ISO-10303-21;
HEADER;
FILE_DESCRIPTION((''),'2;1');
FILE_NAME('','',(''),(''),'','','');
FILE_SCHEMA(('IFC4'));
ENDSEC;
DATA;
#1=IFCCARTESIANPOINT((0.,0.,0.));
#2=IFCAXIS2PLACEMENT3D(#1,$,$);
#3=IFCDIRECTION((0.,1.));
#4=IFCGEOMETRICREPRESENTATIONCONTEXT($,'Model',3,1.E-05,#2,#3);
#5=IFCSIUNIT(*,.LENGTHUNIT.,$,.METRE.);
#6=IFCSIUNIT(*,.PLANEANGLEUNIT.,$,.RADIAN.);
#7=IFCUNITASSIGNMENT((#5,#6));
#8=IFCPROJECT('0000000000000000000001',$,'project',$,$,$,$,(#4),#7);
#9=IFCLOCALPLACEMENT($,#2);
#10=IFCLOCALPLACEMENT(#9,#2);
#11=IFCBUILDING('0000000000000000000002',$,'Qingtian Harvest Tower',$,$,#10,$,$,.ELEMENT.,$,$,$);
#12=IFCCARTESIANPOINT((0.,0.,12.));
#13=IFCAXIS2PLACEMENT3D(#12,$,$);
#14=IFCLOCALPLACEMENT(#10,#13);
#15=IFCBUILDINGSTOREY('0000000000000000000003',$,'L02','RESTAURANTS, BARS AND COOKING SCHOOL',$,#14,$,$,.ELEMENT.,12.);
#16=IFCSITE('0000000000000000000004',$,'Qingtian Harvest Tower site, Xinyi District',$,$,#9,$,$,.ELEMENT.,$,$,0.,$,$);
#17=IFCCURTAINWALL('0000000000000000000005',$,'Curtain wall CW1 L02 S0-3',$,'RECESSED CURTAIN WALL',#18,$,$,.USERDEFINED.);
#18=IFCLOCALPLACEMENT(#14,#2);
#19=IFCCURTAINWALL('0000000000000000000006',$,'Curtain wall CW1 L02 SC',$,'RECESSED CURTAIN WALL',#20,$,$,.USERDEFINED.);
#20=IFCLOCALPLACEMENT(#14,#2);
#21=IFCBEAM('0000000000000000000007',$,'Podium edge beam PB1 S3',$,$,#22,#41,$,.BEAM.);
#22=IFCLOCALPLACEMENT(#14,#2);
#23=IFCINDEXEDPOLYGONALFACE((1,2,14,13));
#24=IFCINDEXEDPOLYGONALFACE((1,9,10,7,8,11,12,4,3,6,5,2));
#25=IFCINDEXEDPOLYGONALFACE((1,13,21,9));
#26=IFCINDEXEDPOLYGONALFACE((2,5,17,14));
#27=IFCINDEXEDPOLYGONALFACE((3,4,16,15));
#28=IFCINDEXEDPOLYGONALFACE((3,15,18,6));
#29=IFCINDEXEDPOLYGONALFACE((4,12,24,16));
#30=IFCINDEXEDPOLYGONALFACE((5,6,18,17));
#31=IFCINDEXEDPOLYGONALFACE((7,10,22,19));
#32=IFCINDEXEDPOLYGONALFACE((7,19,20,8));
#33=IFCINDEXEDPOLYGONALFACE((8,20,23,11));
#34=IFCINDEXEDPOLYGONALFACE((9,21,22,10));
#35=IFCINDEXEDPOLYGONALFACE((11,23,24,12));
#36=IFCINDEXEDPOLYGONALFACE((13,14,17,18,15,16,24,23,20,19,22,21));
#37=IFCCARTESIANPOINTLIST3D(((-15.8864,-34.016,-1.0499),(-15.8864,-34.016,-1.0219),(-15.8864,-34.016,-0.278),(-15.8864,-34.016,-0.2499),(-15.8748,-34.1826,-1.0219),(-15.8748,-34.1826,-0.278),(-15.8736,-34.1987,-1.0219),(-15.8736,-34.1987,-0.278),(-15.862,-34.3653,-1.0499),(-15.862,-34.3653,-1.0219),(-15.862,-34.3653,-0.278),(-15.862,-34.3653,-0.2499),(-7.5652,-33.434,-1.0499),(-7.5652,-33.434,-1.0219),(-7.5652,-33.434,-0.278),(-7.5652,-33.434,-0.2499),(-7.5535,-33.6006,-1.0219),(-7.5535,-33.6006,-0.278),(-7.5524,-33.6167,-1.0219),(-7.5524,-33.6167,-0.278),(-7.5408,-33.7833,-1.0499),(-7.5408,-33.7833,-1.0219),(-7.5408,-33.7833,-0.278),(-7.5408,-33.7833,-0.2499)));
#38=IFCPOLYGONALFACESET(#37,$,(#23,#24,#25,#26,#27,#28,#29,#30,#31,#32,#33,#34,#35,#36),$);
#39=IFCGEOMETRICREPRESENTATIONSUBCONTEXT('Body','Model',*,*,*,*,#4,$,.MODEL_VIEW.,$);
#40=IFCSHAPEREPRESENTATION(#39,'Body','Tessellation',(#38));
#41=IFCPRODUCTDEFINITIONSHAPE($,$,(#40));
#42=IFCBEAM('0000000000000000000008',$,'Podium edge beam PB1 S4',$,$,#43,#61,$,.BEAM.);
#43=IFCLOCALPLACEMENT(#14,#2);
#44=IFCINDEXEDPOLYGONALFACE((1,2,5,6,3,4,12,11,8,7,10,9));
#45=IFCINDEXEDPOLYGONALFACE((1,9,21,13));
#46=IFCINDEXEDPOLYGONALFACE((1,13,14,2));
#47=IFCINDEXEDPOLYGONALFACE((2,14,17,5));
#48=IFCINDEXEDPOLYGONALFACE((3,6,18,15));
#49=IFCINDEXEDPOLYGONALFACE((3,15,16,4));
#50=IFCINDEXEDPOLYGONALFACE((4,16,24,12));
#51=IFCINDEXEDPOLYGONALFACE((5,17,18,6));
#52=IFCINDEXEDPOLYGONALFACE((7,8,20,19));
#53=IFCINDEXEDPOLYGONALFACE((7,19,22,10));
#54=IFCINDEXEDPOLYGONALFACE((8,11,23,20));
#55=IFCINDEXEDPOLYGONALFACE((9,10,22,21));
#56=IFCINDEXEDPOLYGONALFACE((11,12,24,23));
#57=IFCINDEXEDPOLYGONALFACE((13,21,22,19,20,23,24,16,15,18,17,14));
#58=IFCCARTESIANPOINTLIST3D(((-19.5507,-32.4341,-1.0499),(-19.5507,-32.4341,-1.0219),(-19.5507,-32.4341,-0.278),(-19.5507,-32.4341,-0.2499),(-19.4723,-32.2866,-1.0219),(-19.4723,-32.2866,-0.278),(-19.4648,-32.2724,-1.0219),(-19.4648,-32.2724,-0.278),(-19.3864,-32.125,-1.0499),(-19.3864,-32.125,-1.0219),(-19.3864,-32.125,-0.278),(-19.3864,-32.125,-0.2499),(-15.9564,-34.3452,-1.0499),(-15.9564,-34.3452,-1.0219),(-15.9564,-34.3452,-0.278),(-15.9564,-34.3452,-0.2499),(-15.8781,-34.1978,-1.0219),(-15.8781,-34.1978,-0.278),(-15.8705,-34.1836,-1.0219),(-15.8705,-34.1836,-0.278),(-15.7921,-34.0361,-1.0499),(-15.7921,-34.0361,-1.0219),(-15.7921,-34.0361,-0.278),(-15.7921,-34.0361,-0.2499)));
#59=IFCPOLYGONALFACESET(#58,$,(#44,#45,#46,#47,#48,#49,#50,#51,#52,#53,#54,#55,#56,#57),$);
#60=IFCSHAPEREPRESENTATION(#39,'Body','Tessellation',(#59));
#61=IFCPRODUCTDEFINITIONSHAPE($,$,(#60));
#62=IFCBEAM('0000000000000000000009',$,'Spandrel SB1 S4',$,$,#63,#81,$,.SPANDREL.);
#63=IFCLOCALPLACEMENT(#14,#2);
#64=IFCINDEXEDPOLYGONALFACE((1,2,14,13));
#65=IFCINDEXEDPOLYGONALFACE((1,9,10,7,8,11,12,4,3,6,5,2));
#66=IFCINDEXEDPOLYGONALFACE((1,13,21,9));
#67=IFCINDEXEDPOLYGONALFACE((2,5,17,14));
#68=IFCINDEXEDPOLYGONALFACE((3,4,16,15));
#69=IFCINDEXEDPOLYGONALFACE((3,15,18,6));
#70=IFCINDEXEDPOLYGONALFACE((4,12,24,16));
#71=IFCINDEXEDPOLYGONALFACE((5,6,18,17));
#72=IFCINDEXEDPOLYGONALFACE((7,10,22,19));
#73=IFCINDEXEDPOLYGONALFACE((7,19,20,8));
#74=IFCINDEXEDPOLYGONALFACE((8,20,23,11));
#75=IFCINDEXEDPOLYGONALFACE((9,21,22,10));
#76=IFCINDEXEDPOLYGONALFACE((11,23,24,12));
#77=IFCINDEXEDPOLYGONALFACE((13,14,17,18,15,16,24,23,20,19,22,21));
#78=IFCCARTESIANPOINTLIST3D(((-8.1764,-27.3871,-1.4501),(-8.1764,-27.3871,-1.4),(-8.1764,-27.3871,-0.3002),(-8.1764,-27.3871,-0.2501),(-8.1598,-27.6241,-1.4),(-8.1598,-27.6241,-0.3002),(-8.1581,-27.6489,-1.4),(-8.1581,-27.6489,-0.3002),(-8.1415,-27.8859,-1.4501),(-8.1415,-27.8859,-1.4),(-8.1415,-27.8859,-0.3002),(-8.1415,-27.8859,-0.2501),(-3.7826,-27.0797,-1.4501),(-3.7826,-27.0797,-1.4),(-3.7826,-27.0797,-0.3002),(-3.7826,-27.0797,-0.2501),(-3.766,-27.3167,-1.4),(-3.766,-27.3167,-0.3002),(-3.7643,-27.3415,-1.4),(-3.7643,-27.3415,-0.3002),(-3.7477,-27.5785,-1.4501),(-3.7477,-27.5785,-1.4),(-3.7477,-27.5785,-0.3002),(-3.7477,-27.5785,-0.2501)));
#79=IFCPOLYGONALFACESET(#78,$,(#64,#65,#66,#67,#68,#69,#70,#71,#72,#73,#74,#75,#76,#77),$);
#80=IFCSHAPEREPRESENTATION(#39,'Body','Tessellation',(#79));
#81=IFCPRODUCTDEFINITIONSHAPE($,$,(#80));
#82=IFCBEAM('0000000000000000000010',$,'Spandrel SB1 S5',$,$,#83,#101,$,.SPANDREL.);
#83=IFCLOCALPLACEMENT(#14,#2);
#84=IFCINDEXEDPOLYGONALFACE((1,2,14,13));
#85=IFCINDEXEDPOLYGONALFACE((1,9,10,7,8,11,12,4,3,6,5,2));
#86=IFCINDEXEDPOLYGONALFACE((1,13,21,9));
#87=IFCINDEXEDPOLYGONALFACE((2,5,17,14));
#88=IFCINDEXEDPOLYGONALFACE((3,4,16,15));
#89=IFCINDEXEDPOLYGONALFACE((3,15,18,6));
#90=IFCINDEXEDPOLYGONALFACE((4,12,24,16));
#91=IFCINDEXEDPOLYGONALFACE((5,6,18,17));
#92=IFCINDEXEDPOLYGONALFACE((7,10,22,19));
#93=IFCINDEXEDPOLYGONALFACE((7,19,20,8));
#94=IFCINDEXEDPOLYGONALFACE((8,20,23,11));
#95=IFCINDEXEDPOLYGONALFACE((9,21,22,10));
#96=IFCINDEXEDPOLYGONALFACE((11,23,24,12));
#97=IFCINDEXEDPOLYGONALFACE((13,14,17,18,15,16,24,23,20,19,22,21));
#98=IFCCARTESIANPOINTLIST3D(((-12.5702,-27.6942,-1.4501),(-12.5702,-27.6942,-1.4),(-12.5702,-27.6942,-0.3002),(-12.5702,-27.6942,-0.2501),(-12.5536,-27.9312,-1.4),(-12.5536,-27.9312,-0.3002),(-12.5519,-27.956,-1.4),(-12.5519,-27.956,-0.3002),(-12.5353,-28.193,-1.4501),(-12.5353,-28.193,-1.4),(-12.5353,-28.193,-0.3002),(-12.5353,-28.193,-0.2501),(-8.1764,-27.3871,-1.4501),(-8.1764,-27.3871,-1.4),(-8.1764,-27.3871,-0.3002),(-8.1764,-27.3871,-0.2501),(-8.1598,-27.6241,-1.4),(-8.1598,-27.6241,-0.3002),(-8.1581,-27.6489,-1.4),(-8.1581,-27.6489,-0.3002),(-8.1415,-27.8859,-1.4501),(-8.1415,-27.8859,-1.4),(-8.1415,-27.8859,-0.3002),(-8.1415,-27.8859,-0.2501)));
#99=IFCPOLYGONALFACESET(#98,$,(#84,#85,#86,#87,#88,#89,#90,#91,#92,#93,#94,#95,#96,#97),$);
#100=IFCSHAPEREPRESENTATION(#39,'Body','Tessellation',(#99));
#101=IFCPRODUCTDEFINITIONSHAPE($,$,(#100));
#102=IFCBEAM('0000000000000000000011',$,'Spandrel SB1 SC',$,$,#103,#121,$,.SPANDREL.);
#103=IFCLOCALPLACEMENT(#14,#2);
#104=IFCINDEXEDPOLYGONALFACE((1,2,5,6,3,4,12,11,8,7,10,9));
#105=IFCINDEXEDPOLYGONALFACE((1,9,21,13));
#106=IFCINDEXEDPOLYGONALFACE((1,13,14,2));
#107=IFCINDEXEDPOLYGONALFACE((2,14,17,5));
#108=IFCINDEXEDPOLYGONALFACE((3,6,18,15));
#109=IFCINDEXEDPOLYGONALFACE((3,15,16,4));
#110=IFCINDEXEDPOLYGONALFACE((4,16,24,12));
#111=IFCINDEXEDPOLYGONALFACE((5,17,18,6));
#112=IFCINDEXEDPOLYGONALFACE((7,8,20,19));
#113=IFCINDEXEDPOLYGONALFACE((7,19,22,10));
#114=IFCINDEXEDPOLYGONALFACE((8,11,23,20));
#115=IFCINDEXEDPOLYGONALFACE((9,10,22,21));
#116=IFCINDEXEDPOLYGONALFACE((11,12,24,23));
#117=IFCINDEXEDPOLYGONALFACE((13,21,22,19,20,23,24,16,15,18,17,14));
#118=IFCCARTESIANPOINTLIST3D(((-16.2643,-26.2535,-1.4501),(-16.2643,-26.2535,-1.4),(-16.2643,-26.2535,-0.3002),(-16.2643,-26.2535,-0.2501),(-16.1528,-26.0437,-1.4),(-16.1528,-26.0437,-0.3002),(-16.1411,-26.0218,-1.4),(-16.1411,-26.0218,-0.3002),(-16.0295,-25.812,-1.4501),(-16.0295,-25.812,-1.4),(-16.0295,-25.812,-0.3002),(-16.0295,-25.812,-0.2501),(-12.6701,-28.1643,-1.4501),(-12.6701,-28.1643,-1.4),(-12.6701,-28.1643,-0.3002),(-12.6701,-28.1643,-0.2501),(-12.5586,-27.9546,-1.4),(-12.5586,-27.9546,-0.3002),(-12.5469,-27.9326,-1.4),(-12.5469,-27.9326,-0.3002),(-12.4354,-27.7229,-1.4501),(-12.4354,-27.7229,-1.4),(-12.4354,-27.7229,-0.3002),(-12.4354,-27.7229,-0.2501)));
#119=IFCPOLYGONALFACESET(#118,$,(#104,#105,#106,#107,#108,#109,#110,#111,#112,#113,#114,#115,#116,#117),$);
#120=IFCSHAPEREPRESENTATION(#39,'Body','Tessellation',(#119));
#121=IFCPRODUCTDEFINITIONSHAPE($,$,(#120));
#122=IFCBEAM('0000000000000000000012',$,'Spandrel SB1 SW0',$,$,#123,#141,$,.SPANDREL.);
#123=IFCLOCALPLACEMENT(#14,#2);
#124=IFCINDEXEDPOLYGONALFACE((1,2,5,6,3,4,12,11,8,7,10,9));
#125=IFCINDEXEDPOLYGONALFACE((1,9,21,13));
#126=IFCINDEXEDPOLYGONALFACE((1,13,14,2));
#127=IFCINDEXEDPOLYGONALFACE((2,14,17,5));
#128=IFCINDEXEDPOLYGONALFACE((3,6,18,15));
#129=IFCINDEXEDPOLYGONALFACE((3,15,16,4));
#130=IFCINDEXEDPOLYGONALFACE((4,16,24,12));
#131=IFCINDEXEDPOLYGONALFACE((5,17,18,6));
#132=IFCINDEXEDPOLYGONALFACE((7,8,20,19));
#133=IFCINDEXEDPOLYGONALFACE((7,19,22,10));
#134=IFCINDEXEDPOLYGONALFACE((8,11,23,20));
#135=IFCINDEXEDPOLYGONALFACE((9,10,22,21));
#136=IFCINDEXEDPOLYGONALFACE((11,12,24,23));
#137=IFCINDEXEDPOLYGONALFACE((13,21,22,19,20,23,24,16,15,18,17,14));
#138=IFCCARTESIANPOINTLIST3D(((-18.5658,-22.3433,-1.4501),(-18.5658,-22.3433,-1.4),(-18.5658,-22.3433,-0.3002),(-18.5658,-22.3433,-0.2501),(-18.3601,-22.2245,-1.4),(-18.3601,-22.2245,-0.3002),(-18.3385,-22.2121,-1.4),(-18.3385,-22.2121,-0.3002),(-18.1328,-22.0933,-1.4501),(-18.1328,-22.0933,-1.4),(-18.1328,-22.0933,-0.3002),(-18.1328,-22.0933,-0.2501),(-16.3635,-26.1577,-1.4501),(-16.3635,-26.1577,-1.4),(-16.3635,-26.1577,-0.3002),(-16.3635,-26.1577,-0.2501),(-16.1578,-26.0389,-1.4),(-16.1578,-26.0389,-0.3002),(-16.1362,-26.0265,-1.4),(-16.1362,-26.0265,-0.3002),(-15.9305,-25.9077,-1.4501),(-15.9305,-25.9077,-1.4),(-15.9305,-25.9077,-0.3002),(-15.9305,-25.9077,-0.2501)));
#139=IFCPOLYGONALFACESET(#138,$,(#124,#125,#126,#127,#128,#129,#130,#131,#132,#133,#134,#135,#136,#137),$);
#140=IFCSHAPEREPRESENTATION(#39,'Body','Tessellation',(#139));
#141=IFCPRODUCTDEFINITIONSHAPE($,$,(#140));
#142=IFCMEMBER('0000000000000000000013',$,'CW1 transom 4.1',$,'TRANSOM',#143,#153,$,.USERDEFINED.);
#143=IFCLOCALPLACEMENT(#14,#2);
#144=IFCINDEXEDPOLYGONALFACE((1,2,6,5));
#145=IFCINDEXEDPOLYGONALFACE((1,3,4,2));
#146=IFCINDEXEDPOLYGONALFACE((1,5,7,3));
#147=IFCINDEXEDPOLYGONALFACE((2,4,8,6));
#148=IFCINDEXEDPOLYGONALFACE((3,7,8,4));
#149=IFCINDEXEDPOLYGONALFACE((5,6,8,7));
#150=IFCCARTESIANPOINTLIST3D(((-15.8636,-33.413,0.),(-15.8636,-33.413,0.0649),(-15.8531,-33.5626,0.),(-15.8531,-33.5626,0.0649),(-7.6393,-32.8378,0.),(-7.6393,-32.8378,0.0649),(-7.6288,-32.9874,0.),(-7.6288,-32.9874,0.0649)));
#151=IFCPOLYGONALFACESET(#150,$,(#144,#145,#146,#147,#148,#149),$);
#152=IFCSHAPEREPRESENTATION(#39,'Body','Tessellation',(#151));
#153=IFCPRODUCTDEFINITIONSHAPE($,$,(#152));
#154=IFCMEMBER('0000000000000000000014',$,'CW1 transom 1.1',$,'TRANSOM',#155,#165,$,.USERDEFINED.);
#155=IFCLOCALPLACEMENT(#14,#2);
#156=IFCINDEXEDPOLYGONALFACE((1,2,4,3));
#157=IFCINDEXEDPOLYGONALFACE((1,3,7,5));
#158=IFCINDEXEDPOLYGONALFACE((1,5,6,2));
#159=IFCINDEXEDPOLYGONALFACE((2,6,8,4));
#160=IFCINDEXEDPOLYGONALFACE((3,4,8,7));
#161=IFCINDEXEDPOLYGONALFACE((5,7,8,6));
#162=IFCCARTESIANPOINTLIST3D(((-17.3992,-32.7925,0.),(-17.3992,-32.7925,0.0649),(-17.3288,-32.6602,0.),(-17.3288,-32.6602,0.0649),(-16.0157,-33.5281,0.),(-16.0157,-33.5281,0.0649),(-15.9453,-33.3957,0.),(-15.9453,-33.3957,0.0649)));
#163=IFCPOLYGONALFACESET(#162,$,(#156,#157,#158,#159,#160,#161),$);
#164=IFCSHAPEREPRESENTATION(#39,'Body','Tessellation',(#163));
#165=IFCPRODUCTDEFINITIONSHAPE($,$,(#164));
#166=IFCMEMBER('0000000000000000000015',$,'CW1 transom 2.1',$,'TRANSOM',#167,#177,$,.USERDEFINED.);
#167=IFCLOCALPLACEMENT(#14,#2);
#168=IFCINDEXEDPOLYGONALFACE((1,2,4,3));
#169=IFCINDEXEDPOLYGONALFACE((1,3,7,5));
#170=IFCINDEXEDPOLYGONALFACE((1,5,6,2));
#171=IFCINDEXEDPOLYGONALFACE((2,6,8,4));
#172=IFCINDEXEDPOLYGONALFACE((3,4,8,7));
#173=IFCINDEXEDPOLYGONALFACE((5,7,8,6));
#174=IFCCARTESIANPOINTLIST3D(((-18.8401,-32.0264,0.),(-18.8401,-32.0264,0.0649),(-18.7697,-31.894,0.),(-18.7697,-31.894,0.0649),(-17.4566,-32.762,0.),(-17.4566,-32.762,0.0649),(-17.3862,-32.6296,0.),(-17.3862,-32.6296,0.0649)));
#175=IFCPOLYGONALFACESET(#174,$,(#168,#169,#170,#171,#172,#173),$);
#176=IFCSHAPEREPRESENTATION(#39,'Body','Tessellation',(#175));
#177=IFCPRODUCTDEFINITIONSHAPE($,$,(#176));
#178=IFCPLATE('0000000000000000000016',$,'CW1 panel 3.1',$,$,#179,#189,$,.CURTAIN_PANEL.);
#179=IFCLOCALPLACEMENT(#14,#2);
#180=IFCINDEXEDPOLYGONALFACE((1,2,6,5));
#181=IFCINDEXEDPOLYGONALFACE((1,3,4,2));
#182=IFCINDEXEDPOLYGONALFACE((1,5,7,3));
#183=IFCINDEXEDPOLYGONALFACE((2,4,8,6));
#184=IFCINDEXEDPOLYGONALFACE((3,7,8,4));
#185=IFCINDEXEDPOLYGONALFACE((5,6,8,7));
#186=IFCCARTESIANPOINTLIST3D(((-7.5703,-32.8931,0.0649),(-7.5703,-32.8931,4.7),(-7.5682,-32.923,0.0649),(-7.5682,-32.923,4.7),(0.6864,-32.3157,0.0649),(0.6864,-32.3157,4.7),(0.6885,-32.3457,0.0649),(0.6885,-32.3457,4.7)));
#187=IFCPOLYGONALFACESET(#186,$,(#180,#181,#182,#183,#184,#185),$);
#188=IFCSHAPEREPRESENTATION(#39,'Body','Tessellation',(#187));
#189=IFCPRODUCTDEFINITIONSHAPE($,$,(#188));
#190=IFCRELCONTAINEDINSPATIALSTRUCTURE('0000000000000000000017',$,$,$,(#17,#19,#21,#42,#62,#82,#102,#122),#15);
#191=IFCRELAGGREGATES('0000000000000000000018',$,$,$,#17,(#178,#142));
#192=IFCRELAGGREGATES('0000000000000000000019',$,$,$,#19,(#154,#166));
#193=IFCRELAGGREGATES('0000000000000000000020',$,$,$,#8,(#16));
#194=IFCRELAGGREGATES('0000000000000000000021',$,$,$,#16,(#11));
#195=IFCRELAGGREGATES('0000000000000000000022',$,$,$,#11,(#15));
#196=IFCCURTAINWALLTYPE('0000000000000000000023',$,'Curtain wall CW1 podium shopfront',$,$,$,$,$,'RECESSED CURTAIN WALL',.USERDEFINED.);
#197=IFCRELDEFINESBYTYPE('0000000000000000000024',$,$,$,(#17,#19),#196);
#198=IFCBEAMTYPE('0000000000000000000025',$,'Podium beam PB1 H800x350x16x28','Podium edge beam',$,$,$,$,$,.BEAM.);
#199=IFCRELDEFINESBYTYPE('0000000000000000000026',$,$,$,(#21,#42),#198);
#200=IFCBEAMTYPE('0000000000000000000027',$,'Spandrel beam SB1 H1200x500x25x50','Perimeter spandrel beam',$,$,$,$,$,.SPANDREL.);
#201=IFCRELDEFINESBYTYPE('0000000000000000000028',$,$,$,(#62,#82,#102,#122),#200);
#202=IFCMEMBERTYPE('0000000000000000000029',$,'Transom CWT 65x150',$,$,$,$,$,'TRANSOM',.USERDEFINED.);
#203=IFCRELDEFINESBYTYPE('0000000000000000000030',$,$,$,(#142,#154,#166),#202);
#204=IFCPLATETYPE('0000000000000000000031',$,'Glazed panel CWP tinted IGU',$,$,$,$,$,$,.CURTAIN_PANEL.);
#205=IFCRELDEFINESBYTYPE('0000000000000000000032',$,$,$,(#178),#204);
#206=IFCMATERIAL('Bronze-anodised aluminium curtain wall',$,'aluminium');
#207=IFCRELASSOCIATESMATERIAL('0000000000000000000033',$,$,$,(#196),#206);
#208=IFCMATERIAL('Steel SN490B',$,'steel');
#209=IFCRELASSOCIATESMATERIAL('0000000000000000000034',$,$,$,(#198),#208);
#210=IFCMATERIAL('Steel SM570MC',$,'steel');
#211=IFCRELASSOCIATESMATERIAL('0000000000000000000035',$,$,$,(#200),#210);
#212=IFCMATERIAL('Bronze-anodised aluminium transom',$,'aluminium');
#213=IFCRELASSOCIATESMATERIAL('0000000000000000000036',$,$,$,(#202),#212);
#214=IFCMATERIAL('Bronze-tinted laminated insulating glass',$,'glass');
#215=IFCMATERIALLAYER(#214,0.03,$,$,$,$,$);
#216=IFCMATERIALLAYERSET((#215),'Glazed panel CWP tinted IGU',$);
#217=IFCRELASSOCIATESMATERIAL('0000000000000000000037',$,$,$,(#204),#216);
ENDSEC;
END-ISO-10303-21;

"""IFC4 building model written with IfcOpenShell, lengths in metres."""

from ifc_helpers import new_model, si_unit, direction, frame, origin, origin_2d, place, context, subcontext, project, spatial, rectangle, i_section, extrude, material, layer, layer_set, material_profile, profile_set, type_object, element, aggregate, save


model = new_model("IFC4")

# Units and contexts
model_context = context("Model", 3, precision=1e-05, world=origin(), true_north=direction((0.0, 1.0)))
body_context = subcontext(model_context, "Body", "Model", "MODEL_VIEW")
ifc_project = project(units=[si_unit("LENGTHUNIT", "METRE"), si_unit("PLANEANGLEUNIT", "RADIAN")], contexts=[model_context])

# Site, building, storey
site_placement = place(None, origin())
site = spatial("IfcSite", under=ifc_project, at=site_placement, Name="Qingtian Harvest Tower site, Xinyi District", CompositionType="ELEMENT", RefElevation=0.0)
building_placement = place(site_placement, origin())
building = spatial("IfcBuilding", under=site, at=building_placement, Name="Qingtian Harvest Tower", CompositionType="ELEMENT")
storey_placement = place(building_placement, frame((0.0, 0.0, 12.0)))
storey = spatial("IfcBuildingStorey", under=building, at=storey_placement, Name="L02", Description="RESTAURANTS, BARS AND COOKING SCHOOL", CompositionType="ELEMENT", Elevation=12.0)

# Curtain walls
ifc_material_1 = material(Name="Bronze-anodised aluminium curtain wall", Category="aluminium")
curtain_wall_type = type_object("IfcCurtainWallType", Name="Curtain wall CW1 podium shopfront", ElementType="RECESSED CURTAIN WALL", PredefinedType="USERDEFINED", material=ifc_material_1)
curtain_wall_1_placement = place(storey_placement, origin())
curtain_wall_1 = element("IfcCurtainWall", 1, at=curtain_wall_1_placement, inside=storey, type_object=curtain_wall_type, Name="Curtain wall CW1 L02 S0-3", ObjectType="RECESSED CURTAIN WALL", PredefinedType="USERDEFINED")
curtain_wall_2_placement = place(storey_placement, origin())
curtain_wall_2 = element("IfcCurtainWall", 2, at=curtain_wall_2_placement, inside=storey, type_object=curtain_wall_type, Name="Curtain wall CW1 L02 SC", ObjectType="RECESSED CURTAIN WALL", PredefinedType="USERDEFINED")

# Beams
ifc_material_2 = material(Name="Steel SN490B", Category="steel")
ifc_material_profile_1 = material_profile(ifc_material_2, i_section(OverallWidth=0.3501, OverallDepth=0.8, WebThickness=0.0161, FlangeThickness=0.0281, at=origin_2d()), Name="H800x350x16x28")
ifc_profile_set_1 = profile_set([ifc_material_profile_1], Name="Steel SN490B")
beam_type_1 = type_object("IfcBeamType", Name="Podium beam PB1 H800x350x16x28", Description="Podium edge beam", PredefinedType="BEAM", material=ifc_profile_set_1)
beam_1_placement = place(storey_placement, frame((-7.553, -33.6086, -0.6499), z_axis=(-0.997563, -0.069774, 0.0), x_axis=(0.069774, -0.997563, 0.0)))
element("IfcBeam", 3, at=beam_1_placement, inside=storey, type_object=beam_type_1, Name="Podium edge beam PB1 S3", PredefinedType="BEAM", context=body_context, shape_type="SweptSolid", body=[
    extrude(i_section(OverallWidth=0.3501, OverallDepth=0.8, WebThickness=0.0161, FlangeThickness=0.0281, at=origin_2d()), origin(), (0.0, 0.0, 1.0), 8.3416),
])
beam_2_placement = place(storey_placement, frame((-15.8743, -34.1907, -0.6499), z_axis=(-0.882943, 0.46948, 0.0), x_axis=(-0.46948, -0.882943, 0.0)))
element("IfcBeam", 4, at=beam_2_placement, inside=storey, type_object=beam_type_1, Name="Podium edge beam PB1 S4", PredefinedType="BEAM", context=body_context, shape_type="SweptSolid", body=[
    extrude(i_section(OverallWidth=0.3501, OverallDepth=0.8, WebThickness=0.0161, FlangeThickness=0.0281, at=origin_2d()), origin(), (0.0, 0.0, 1.0), 4.0708),
])
ifc_material_3 = material(Name="Steel SM570MC", Category="steel")
ifc_material_profile_2 = material_profile(ifc_material_3, i_section(OverallWidth=0.5, OverallDepth=1.2, WebThickness=0.0249, FlangeThickness=0.05, at=origin_2d()), Name="H1200x500x25x50")
ifc_profile_set_2 = profile_set([ifc_material_profile_2], Name="Steel SM570MC")
beam_type_2 = type_object("IfcBeamType", Name="Spandrel beam SB1 H1200x500x25x50", Description="Perimeter spandrel beam", PredefinedType="SPANDREL", material=ifc_profile_set_2)
for number, where, z_axis, x_axis, name in (
    (5, (-3.7651, -27.3291, -0.8501), (-0.997562, -0.069786, 0.0), (0.069786, -0.997562, 0.0), "Spandrel SB1 S4"),
    (6, (-8.1589, -27.6365, -0.8501), (-0.997566, -0.06973, 0.0), (0.06973, -0.997566, 0.0), "Spandrel SB1 S5"),
):
    element("IfcBeam", number, at=place(storey_placement, frame(where, z_axis=z_axis, x_axis=x_axis)), inside=storey, type_object=beam_type_2, Name=name, PredefinedType="SPANDREL", context=body_context, shape_type="SweptSolid", body=[
        extrude(i_section(OverallWidth=0.5, OverallDepth=1.2, WebThickness=0.0249, FlangeThickness=0.05, at=origin_2d()), origin(), (0.0, 0.0, 1.0), 4.4045),
    ])
beam_3_placement = place(storey_placement, frame((-12.5527, -27.9436, -0.8501), z_axis=(-0.882968, 0.469433, 0.0), x_axis=(-0.469433, -0.882968, 0.0)))
element("IfcBeam", 7, at=beam_3_placement, inside=storey, type_object=beam_type_2, Name="Spandrel SB1 SC", PredefinedType="SPANDREL", context=body_context, shape_type="SweptSolid", body=[
    extrude(i_section(OverallWidth=0.5, OverallDepth=1.2, WebThickness=0.0249, FlangeThickness=0.05, at=origin_2d()), origin(), (0.0, 0.0, 1.0), 4.0706),
])
beam_4_placement = place(storey_placement, frame((-16.147, -26.0327, -0.8501), z_axis=(-0.50002, 0.866014, 0.0), x_axis=(-0.866014, -0.50002, 0.0)))
element("IfcBeam", 8, at=beam_4_placement, inside=storey, type_object=beam_type_2, Name="Spandrel SB1 SW0", PredefinedType="SPANDREL", context=body_context, shape_type="SweptSolid", body=[
    extrude(i_section(OverallWidth=0.5, OverallDepth=1.2, WebThickness=0.0249, FlangeThickness=0.05, at=origin_2d()), origin(), (0.0, 0.0, 1.0), 4.4045),
])

# Members
ifc_material_4 = material(Name="Bronze-anodised aluminium transom", Category="aluminium")
ifc_material_profile_3 = material_profile(ifc_material_4, rectangle(XDim=0.1499, YDim=0.0649, at=origin_2d()), Name="AL 65x150")
ifc_profile_set_3 = profile_set([ifc_material_profile_3], Name="Bronze-anodised aluminium transom")
member_type_1 = type_object("IfcMemberType", Name="Transom CWT 65x150", ElementType="TRANSOM", PredefinedType="USERDEFINED", material=ifc_profile_set_3)
member_1_placement = place(storey_placement, frame((-7.634, -32.9126, 0.0325), z_axis=(-0.997563, -0.069768, 0.0), x_axis=(0.069768, -0.997563, 0.0)))
member_1 = element("IfcMember", 9, at=member_1_placement, type_object=member_type_1, Name="CW1 transom 4.1", ObjectType="TRANSOM", PredefinedType="USERDEFINED", context=body_context, shape_type="SweptSolid", body=[
    extrude(rectangle(XDim=0.1499, YDim=0.0649, at=origin_2d()), origin(), (0.0, 0.0, 1.0), 8.2444),
])
member_2_placement = place(storey_placement, frame((-15.9805, -33.4619, 0.0325), z_axis=(-0.88296, 0.469448, 0.0), x_axis=(-0.469448, -0.88296, 0.0)))
member_2 = element("IfcMember", 10, at=member_2_placement, type_object=member_type_1, Name="CW1 transom 1.1", ObjectType="TRANSOM", PredefinedType="USERDEFINED", context=body_context, shape_type="SweptSolid", body=[
    extrude(rectangle(XDim=0.1499, YDim=0.0649, at=origin_2d()), origin(), (0.0, 0.0, 1.0), 1.5669),
])
member_3_placement = place(storey_placement, frame((-17.4214, -32.6958, 0.0325), z_axis=(-0.88296, 0.469448, 0.0), x_axis=(-0.469448, -0.88296, 0.0)))
member_3 = element("IfcMember", 11, at=member_3_placement, type_object=member_type_1, Name="CW1 transom 2.1", ObjectType="TRANSOM", PredefinedType="USERDEFINED", context=body_context, shape_type="SweptSolid", body=[
    extrude(rectangle(XDim=0.1499, YDim=0.0649, at=origin_2d()), origin(), (0.0, 0.0, 1.0), 1.5669),
])

# Plate
ifc_material_5 = material(Name="Bronze-tinted laminated insulating glass", Category="glass")
ifc_layer_1 = layer(ifc_material_5, 0.03)
ifc_layer_set_1 = layer_set([ifc_layer_1], Name="Glazed panel CWP tinted IGU")
plate_type = type_object("IfcPlateType", Name="Glazed panel CWP tinted IGU", PredefinedType="CURTAIN_PANEL", material=ifc_layer_set_1)
plate_1_placement = place(storey_placement, frame((-3.4409, -32.6194, 0.0649), z_axis=(0.0, 0.0, 1.0), x_axis=(-0.997564, -0.069756, 0.0)))
plate_1 = element("IfcPlate", 12, at=plate_1_placement, type_object=plate_type, Name="CW1 panel 3.1", PredefinedType="CURTAIN_PANEL", context=body_context, shape_type="SweptSolid", body=[
    extrude(rectangle(XDim=8.2769, YDim=0.03, at=origin_2d()), origin(), (0.0, 0.0, 1.0), 4.635),
])
aggregate(curtain_wall_1, [plate_1, member_1])
aggregate(curtain_wall_2, [member_2, member_3])

save(model, "model.ifc")
